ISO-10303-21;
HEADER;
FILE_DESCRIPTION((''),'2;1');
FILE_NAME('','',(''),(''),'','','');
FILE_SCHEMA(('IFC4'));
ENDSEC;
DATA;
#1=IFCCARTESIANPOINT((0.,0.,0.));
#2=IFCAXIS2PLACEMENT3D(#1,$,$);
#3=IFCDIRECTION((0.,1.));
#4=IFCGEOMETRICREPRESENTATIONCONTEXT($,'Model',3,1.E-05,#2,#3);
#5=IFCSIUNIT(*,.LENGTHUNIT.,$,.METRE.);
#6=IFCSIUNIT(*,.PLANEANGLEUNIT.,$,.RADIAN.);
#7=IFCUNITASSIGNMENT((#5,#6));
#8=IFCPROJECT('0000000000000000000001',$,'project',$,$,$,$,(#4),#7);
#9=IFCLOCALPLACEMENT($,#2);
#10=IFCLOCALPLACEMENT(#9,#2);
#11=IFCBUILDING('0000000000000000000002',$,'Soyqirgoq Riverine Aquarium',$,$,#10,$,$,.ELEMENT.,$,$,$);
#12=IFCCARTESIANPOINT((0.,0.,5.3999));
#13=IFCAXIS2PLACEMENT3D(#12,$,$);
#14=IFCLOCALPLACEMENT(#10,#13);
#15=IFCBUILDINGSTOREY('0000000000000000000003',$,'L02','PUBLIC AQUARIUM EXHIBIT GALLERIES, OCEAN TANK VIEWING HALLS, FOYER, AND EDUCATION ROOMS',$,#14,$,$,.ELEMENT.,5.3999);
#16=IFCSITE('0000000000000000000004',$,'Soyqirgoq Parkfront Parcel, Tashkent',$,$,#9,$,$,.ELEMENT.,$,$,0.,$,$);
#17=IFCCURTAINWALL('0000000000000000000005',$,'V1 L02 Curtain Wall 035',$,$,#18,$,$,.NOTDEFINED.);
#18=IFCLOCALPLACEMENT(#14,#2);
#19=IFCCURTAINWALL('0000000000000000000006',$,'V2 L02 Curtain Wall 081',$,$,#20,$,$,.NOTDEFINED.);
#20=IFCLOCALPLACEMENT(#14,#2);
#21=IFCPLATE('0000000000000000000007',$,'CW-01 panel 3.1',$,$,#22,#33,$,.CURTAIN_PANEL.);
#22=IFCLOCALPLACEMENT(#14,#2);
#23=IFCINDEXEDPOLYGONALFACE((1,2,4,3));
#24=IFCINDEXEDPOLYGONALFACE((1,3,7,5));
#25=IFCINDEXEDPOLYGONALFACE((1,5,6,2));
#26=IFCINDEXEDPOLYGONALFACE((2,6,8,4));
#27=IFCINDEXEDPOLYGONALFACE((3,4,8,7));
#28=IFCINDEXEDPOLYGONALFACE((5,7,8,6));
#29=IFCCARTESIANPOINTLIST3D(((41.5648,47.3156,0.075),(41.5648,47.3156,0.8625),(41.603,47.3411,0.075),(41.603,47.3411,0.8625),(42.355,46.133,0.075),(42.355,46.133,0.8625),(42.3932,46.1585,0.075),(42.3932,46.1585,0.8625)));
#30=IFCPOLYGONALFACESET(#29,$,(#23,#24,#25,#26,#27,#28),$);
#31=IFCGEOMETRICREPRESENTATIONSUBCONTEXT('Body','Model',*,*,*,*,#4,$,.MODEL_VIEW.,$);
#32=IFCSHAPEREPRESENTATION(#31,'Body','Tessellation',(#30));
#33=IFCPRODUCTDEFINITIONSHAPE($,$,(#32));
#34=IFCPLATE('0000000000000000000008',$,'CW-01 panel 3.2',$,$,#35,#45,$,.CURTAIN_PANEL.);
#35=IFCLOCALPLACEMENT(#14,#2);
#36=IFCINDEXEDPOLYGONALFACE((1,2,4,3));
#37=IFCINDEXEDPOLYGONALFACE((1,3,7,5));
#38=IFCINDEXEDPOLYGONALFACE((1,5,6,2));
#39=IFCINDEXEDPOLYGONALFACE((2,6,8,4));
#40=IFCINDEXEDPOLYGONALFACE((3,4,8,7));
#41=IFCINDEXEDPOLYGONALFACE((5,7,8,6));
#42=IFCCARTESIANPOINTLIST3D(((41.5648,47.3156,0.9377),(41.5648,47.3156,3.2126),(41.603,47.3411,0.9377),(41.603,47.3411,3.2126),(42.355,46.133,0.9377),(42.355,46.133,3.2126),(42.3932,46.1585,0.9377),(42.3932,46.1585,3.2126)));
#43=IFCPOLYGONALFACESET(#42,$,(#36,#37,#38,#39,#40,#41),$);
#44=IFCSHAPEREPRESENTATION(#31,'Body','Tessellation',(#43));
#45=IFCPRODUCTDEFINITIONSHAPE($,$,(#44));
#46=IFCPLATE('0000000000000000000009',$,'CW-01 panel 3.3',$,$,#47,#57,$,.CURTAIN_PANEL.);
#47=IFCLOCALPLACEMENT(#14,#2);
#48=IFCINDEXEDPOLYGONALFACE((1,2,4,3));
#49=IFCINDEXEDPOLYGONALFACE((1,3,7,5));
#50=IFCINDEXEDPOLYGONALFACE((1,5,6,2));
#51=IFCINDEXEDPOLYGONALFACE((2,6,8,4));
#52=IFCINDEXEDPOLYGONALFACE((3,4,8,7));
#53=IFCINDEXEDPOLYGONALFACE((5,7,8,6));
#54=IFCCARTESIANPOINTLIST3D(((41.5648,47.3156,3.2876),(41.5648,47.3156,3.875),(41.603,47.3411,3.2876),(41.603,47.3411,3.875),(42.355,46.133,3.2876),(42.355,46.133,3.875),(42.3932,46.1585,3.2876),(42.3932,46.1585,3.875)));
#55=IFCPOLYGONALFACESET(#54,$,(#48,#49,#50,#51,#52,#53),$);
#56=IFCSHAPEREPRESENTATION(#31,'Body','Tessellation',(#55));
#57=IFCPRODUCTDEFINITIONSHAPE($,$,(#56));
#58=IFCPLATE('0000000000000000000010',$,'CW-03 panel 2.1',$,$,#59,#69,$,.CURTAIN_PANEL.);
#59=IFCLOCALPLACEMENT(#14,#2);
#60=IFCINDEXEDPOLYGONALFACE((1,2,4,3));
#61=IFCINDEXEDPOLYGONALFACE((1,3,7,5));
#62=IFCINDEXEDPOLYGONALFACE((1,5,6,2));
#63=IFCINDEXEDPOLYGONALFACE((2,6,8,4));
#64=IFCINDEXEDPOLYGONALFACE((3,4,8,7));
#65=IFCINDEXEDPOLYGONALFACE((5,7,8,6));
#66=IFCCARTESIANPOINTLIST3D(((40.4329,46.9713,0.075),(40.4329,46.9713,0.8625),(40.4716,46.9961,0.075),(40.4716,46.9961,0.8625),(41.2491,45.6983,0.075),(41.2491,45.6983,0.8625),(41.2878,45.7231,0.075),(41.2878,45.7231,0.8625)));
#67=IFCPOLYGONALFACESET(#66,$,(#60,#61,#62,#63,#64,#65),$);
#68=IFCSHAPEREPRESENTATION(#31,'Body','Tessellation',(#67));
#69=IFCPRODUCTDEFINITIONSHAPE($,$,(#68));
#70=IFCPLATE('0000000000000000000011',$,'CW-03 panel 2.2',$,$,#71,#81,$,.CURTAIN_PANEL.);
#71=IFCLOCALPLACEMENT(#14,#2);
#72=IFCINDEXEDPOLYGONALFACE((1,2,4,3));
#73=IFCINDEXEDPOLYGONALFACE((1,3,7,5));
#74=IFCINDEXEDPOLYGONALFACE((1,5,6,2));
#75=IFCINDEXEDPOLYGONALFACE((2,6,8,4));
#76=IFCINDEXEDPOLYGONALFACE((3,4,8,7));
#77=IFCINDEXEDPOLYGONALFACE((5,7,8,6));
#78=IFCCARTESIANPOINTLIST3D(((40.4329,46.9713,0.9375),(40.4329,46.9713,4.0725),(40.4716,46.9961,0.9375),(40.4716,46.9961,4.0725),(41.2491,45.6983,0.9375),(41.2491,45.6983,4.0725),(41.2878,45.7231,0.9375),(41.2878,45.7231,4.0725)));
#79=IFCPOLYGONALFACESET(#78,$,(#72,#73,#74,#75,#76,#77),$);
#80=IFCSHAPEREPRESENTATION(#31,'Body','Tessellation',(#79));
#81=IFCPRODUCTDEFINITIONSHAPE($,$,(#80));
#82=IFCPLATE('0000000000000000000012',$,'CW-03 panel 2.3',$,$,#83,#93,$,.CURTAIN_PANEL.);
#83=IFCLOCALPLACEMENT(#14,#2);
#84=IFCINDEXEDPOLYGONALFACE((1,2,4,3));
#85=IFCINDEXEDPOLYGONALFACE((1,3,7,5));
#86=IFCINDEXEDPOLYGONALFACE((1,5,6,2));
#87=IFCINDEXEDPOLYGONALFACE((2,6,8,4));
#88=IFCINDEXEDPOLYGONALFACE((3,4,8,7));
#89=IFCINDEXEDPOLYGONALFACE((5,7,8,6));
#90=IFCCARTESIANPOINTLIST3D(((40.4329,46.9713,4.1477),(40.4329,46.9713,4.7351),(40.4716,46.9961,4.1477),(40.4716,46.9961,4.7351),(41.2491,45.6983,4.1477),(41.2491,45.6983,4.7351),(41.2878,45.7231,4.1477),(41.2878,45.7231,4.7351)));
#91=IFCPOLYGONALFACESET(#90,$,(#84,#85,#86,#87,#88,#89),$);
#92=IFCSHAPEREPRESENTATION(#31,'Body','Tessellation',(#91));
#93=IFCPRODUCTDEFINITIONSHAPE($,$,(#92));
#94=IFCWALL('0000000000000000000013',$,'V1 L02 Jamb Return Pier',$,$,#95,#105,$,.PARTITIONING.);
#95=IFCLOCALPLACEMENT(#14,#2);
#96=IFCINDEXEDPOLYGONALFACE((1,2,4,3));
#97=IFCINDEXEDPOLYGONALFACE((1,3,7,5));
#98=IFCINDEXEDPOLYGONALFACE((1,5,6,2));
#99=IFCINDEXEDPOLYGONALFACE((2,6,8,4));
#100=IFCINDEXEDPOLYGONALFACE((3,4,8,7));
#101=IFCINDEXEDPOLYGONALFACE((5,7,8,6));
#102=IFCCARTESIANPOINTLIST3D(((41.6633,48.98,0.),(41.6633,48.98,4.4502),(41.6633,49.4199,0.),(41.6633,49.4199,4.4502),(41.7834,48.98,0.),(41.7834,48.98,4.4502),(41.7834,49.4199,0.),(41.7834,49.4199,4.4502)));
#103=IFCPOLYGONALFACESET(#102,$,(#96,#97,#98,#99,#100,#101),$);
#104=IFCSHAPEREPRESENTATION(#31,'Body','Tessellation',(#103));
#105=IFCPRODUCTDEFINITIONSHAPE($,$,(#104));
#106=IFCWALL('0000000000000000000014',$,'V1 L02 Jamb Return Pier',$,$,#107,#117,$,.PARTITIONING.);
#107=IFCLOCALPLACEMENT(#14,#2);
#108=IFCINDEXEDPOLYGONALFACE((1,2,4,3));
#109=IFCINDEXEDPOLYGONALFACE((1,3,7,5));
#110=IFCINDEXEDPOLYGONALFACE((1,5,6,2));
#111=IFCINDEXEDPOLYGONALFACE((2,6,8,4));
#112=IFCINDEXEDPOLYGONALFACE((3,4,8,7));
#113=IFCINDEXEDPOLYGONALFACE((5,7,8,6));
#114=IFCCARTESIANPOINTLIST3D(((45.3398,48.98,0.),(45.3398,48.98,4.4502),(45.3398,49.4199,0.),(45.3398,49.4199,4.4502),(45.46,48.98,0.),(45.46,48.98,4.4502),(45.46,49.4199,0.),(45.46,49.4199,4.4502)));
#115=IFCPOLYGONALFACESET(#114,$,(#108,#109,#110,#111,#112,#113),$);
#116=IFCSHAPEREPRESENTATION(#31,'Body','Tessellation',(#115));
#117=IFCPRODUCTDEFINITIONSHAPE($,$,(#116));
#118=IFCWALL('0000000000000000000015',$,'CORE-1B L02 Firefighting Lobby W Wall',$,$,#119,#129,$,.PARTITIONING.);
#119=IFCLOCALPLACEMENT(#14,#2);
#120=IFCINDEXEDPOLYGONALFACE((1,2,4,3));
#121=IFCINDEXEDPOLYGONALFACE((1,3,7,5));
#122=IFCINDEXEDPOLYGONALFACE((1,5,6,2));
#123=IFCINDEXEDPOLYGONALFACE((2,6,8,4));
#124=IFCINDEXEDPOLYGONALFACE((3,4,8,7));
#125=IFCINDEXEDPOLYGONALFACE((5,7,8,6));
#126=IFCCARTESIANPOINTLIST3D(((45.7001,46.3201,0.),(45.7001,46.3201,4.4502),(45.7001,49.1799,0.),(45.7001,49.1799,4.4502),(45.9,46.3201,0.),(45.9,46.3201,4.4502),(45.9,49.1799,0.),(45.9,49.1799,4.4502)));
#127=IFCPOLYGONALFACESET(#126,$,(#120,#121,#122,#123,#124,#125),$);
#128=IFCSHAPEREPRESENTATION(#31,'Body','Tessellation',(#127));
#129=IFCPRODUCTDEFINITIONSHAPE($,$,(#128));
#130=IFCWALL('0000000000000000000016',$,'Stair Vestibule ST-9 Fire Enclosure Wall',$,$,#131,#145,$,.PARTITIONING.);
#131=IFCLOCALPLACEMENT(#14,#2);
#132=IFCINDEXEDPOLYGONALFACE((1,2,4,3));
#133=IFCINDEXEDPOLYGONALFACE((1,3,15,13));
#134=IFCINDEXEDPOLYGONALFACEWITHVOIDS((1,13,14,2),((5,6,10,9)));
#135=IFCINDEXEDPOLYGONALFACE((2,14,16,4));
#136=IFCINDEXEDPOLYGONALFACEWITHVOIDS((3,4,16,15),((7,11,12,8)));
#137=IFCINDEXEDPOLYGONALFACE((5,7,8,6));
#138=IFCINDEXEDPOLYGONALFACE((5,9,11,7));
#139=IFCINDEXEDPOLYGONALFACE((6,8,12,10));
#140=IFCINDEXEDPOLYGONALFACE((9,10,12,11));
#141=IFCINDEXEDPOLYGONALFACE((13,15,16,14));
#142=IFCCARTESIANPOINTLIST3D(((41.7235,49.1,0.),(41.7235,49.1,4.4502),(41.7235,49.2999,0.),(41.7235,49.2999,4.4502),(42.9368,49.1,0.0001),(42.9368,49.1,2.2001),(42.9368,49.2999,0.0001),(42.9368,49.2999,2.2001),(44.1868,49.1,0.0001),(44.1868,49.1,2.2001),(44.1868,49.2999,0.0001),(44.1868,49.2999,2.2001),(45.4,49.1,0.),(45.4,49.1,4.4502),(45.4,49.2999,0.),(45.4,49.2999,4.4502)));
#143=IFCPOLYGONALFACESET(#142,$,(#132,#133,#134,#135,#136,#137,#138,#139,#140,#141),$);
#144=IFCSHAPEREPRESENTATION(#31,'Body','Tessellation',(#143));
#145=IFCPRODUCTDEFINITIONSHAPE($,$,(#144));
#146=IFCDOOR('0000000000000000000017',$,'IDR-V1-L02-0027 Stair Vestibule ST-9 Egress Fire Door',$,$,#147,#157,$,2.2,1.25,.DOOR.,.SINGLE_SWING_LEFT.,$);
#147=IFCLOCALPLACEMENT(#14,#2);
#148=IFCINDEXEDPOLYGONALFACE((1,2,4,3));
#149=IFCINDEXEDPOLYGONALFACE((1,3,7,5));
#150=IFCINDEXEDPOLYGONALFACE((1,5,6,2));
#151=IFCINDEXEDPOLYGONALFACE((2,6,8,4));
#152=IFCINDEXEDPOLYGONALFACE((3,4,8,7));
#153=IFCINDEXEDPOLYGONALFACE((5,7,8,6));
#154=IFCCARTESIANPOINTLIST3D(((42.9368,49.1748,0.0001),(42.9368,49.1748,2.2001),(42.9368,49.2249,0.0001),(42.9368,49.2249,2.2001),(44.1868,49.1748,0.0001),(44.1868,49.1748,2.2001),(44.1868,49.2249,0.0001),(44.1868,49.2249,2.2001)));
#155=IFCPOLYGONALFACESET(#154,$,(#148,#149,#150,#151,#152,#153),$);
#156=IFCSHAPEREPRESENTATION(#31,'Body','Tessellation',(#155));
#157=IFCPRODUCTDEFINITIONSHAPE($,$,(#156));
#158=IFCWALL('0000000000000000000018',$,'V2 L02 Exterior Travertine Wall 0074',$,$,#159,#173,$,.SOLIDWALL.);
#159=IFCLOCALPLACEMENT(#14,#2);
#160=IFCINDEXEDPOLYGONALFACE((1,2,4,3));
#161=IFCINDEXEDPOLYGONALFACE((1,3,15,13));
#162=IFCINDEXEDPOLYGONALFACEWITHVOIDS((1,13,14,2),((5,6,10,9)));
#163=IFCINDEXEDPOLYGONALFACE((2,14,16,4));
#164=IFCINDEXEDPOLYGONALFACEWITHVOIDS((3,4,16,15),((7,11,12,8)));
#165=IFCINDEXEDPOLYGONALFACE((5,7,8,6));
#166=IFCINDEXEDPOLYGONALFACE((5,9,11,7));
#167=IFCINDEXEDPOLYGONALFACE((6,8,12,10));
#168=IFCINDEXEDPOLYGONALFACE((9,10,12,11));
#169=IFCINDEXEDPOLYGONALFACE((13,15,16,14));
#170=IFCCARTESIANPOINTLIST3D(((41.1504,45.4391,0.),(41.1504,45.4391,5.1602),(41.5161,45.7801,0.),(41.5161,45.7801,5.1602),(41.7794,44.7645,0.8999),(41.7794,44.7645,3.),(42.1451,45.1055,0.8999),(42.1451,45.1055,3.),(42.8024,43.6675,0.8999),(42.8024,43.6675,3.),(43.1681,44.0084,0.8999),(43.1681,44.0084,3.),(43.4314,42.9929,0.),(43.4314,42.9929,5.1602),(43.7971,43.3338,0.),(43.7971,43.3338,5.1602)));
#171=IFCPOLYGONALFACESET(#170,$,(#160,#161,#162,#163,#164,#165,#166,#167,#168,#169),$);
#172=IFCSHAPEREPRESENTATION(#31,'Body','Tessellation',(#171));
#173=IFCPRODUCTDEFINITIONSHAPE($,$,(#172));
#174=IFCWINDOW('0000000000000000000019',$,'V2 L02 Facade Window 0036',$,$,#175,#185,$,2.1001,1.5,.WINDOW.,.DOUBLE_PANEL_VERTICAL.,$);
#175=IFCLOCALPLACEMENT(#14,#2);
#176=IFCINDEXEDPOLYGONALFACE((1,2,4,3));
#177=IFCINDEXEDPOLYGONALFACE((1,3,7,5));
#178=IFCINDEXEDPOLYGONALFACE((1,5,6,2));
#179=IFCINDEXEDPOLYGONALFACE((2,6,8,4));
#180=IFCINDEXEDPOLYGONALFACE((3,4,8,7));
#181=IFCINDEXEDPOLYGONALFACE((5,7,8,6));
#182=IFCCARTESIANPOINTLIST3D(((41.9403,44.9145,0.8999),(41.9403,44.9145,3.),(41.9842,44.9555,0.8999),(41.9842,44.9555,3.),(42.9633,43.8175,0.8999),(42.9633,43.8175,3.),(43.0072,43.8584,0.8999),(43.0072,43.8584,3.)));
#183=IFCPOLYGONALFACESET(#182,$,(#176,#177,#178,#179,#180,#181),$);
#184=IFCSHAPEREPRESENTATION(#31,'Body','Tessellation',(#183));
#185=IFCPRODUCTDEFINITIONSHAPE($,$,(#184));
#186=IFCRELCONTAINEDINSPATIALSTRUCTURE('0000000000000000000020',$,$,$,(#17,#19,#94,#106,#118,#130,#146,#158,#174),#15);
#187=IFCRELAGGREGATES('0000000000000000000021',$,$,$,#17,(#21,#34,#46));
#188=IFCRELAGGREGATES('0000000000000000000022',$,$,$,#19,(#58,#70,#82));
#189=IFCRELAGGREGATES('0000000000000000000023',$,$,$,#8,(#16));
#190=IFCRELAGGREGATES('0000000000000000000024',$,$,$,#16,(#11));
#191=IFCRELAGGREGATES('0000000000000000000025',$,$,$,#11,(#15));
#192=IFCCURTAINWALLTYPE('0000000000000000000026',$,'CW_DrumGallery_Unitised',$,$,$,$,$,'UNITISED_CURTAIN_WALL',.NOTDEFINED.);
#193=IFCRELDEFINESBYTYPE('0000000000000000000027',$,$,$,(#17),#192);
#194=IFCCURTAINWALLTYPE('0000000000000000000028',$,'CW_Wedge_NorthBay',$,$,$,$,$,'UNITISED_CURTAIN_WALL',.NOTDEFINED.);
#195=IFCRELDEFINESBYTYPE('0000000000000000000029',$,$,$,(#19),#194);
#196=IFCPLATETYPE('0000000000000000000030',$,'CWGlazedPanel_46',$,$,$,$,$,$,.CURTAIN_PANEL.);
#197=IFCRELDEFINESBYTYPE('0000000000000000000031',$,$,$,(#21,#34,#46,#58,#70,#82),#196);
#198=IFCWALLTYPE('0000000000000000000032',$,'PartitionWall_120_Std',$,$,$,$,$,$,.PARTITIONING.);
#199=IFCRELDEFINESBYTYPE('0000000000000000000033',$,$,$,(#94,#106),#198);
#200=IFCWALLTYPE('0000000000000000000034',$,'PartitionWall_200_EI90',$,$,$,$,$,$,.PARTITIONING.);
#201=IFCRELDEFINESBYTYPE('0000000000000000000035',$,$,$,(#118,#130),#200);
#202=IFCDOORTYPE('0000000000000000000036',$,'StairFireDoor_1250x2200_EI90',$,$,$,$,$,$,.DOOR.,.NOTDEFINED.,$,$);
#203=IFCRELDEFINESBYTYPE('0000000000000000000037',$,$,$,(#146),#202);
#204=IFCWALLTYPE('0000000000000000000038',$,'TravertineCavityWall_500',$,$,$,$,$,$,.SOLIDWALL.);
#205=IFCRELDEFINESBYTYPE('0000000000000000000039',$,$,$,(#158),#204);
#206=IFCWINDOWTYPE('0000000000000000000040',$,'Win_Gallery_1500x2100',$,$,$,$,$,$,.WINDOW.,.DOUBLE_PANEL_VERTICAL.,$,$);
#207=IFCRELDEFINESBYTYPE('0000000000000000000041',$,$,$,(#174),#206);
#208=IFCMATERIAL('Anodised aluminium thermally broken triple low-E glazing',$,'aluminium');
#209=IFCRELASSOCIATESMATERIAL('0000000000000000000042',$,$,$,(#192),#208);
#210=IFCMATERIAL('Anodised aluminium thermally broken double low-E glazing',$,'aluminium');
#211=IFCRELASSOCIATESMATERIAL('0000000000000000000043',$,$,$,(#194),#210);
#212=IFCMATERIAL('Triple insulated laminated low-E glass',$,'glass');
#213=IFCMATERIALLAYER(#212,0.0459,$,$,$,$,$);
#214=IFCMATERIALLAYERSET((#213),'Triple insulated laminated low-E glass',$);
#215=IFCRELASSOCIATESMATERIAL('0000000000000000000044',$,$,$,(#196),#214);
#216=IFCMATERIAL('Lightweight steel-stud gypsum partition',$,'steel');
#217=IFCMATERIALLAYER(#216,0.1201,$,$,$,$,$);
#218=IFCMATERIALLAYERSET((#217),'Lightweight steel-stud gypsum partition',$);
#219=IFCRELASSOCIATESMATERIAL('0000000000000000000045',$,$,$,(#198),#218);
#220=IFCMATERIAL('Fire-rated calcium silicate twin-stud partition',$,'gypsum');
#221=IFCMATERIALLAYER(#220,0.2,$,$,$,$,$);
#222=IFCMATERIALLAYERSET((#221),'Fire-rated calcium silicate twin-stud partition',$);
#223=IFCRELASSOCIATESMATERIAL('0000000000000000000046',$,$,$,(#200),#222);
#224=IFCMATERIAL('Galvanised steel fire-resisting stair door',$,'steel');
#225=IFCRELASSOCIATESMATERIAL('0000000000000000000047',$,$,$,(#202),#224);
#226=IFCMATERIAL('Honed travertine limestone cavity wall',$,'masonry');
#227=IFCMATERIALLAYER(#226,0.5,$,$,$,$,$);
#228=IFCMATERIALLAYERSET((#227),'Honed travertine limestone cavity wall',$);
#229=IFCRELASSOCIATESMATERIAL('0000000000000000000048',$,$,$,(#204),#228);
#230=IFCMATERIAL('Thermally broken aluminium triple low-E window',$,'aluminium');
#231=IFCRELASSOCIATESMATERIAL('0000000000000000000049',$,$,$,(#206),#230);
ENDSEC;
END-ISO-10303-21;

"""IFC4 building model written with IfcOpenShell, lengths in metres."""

from ifc_helpers import new_model, si_unit, direction, frame, frame_2d, origin, origin_2d, place, context, subcontext, project, spatial, rectangle, extrude, material, layer, layer_set, type_object, element, fill, aggregate, save


model = new_model("IFC4")

# Units and contexts
model_context = context("Model", 3, precision=1e-05, world=origin(), true_north=direction((0.0, 1.0)))
body_context = subcontext(model_context, "Body", "Model", "MODEL_VIEW")
ifc_project = project(units=[si_unit("LENGTHUNIT", "METRE"), si_unit("PLANEANGLEUNIT", "RADIAN")], contexts=[model_context])

# Site, building, storey
site_placement = place(None, origin())
site = spatial("IfcSite", under=ifc_project, at=site_placement, Name="Soyqirgoq Parkfront Parcel, Tashkent", CompositionType="ELEMENT", RefElevation=0.0)
building_placement = place(site_placement, origin())
building = spatial("IfcBuilding", under=site, at=building_placement, Name="Soyqirgoq Riverine Aquarium", CompositionType="ELEMENT")
storey_placement = place(building_placement, frame((0.0, 0.0, 5.3999)))
storey = spatial("IfcBuildingStorey", under=building, at=storey_placement, Name="L02", Description="PUBLIC AQUARIUM EXHIBIT GALLERIES, OCEAN TANK VIEWING HALLS, FOYER, AND EDUCATION ROOMS", CompositionType="ELEMENT", Elevation=5.3999)

# Curtain wall
ifc_material_1 = material(Name="Anodised aluminium thermally broken triple low-E glazing", Category="aluminium")
curtain_wall_type_1 = type_object("IfcCurtainWallType", Name="CW_DrumGallery_Unitised", ElementType="UNITISED_CURTAIN_WALL", PredefinedType="NOTDEFINED", material=ifc_material_1)
curtain_wall_1_placement = place(storey_placement, origin())
curtain_wall_1 = element("IfcCurtainWall", 1, at=curtain_wall_1_placement, inside=storey, type_object=curtain_wall_type_1, Name="V1 L02 Curtain Wall 035", PredefinedType="NOTDEFINED")

# Curtain wall
ifc_material_2 = material(Name="Anodised aluminium thermally broken double low-E glazing", Category="aluminium")
curtain_wall_type_2 = type_object("IfcCurtainWallType", Name="CW_Wedge_NorthBay", ElementType="UNITISED_CURTAIN_WALL", PredefinedType="NOTDEFINED", material=ifc_material_2)
curtain_wall_2_placement = place(storey_placement, origin())
curtain_wall_2 = element("IfcCurtainWall", 2, at=curtain_wall_2_placement, inside=storey, type_object=curtain_wall_type_2, Name="V2 L02 Curtain Wall 081", PredefinedType="NOTDEFINED")

# Plates
ifc_material_3 = material(Name="Triple insulated laminated low-E glass", Category="glass")
ifc_layer_1 = layer(ifc_material_3, 0.0459)
ifc_layer_set_1 = layer_set([ifc_layer_1], Name="Triple insulated laminated low-E glass")
plate_type = type_object("IfcPlateType", Name="CWGlazedPanel_46", PredefinedType="CURTAIN_PANEL", material=ifc_layer_set_1)
plate_1_placement = place(storey_placement, frame((41.979, 46.7371, 0.075), z_axis=(0.0, 0.0, 1.0), x_axis=(0.555565, -0.831473, 0.0)))
plate_1 = element("IfcPlate", 3, at=plate_1_placement, type_object=plate_type, Name="CW-01 panel 3.1", PredefinedType="CURTAIN_PANEL", context=body_context, shape_type="SweptSolid", body=[
    extrude(rectangle(XDim=1.4224, YDim=0.0459, at=origin_2d()), origin(), (0.0, 0.0, 1.0), 0.7876),
])
plate_2_placement = place(storey_placement, frame((41.979, 46.7371, 0.9377), z_axis=(0.0, 0.0, 1.0), x_axis=(0.555565, -0.831473, 0.0)))
plate_2 = element("IfcPlate", 4, at=plate_2_placement, type_object=plate_type, Name="CW-01 panel 3.2", PredefinedType="CURTAIN_PANEL", context=body_context, shape_type="SweptSolid", body=[
    extrude(rectangle(XDim=1.4224, YDim=0.0459, at=origin_2d()), origin(), (0.0, 0.0, 1.0), 2.2749),
])
plate_3_placement = place(storey_placement, frame((41.979, 46.7371, 3.2876), z_axis=(0.0, 0.0, 1.0), x_axis=(0.555565, -0.831473, 0.0)))
plate_3 = element("IfcPlate", 5, at=plate_3_placement, type_object=plate_type, Name="CW-01 panel 3.3", PredefinedType="CURTAIN_PANEL", context=body_context, shape_type="SweptSolid", body=[
    extrude(rectangle(XDim=1.4224, YDim=0.0459, at=origin_2d()), origin(), (0.0, 0.0, 1.0), 0.5874),
])
aggregate(curtain_wall_1, [plate_1, plate_2, plate_3])
plate_4_placement = place(storey_placement, frame((40.8604, 46.3472, 0.075), z_axis=(0.0, 0.0, 1.0), x_axis=(0.53976, -0.841819, 0.0)))
plate_4 = element("IfcPlate", 6, at=plate_4_placement, type_object=plate_type, Name="CW-03 panel 2.1", PredefinedType="CURTAIN_PANEL", context=body_context, shape_type="SweptSolid", body=[
    extrude(rectangle(XDim=1.5122, YDim=0.0459, at=origin_2d()), origin(), (0.0, 0.0, 1.0), 0.7876),
])
plate_5_placement = place(storey_placement, frame((40.8604, 46.3472, 0.9375), z_axis=(0.0, 0.0, 1.0), x_axis=(0.53976, -0.841819, 0.0)))
plate_5 = element("IfcPlate", 7, at=plate_5_placement, type_object=plate_type, Name="CW-03 panel 2.2", PredefinedType="CURTAIN_PANEL", context=body_context, shape_type="SweptSolid", body=[
    extrude(rectangle(XDim=1.5122, YDim=0.0459, at=origin_2d()), origin(), (0.0, 0.0, 1.0), 3.135),
])
plate_6_placement = place(storey_placement, frame((40.8604, 46.3472, 4.1477), z_axis=(0.0, 0.0, 1.0), x_axis=(0.53976, -0.841819, 0.0)))
plate_6 = element("IfcPlate", 8, at=plate_6_placement, type_object=plate_type, Name="CW-03 panel 2.3", PredefinedType="CURTAIN_PANEL", context=body_context, shape_type="SweptSolid", body=[
    extrude(rectangle(XDim=1.5122, YDim=0.0459, at=origin_2d()), origin(), (0.0, 0.0, 1.0), 0.5874),
])
aggregate(curtain_wall_2, [plate_4, plate_5, plate_6])

# Walls
ifc_material_4 = material(Name="Lightweight steel-stud gypsum partition", Category="steel")
ifc_layer_2 = layer(ifc_material_4, 0.1201)
ifc_layer_set_2 = layer_set([ifc_layer_2], Name="Lightweight steel-stud gypsum partition")
wall_type_1 = type_object("IfcWallType", Name="PartitionWall_120_Std", PredefinedType="PARTITIONING", material=ifc_layer_set_2)
for number, where, z_axis, x_axis, name in (
    (9, (41.7234, 48.98, 0.0), (0.0, 0.0, 1.0), (0.0, 1.0, 0.0), "V1 L02 Jamb Return Pier"),
    (10, (45.3999, 48.98, 0.0), (0.0, 0.0, 1.0), (0.0, 1.0, 0.0), "V1 L02 Jamb Return Pier"),
):
    element("IfcWall", number, at=place(storey_placement, frame(where, z_axis=z_axis, x_axis=x_axis)), inside=storey, type_object=wall_type_1, Name=name, PredefinedType="PARTITIONING", context=body_context, shape_type="SweptSolid", body=[
        extrude(rectangle(XDim=0.4399, YDim=0.1201, at=frame_2d((0.22, 0.0))), origin(), (0.0, 0.0, 1.0), 4.4502),
    ])
ifc_material_5 = material(Name="Fire-rated calcium silicate twin-stud partition", Category="gypsum")
ifc_layer_3 = layer(ifc_material_5, 0.2)
ifc_layer_set_3 = layer_set([ifc_layer_3], Name="Fire-rated calcium silicate twin-stud partition")
wall_type_2 = type_object("IfcWallType", Name="PartitionWall_200_EI90", PredefinedType="PARTITIONING", material=ifc_layer_set_3)
wall_1_placement = place(storey_placement, frame((45.8, 46.3201, 0.0), z_axis=(0.0, 0.0, 1.0), x_axis=(0.0, 1.0, 0.0)))
element("IfcWall", 11, at=wall_1_placement, inside=storey, type_object=wall_type_2, Name="CORE-1B L02 Firefighting Lobby W Wall", PredefinedType="PARTITIONING", context=body_context, shape_type="SweptSolid", body=[
    extrude(rectangle(XDim=2.8599, YDim=0.2, at=frame_2d((1.4299, 0.0))), origin(), (0.0, 0.0, 1.0), 4.4502),
])

# Wall, opening, door
wall_2_placement = place(storey_placement, frame((41.7234, 49.2, 0.0), z_axis=(0.0, 0.0, 1.0), x_axis=(1.0, 0.0, 0.0)))
wall_2 = element("IfcWall", 12, at=wall_2_placement, inside=storey, type_object=wall_type_2, Name="Stair Vestibule ST-9 Fire Enclosure Wall", PredefinedType="PARTITIONING", context=body_context, shape_type="SweptSolid", body=[
    extrude(rectangle(XDim=3.6765, YDim=0.2, at=frame_2d((1.8384, 0.0))), origin(), (0.0, 0.0, 1.0), 4.4502),
])
opening_1_placement = place(wall_2_placement, frame((1.2134, 0.0, 0.0)))
opening_1 = element("IfcOpeningElement", 13, at=opening_1_placement, cuts=wall_2, PredefinedType="OPENING", context=body_context, shape_type="SweptSolid", body=[
    extrude(rectangle(XDim=1.25, YDim=2.2, at=frame_2d((0.625, 1.1001))), frame((0.0, 0.1099, 0.0), z_axis=(0.0, -1.0, 0.0), x_axis=(1.0, 0.0, 0.0)), (0.0, 0.0, 1.0), 0.22),
])
ifc_material_6 = material(Name="Galvanised steel fire-resisting stair door", Category="steel")
door_type = type_object("IfcDoorType", Name="StairFireDoor_1250x2200_EI90", OperationType="NOTDEFINED", PredefinedType="DOOR", material=ifc_material_6)
door_placement = place(opening_1_placement, origin())
door = element("IfcDoor", 14, at=door_placement, inside=storey, type_object=door_type, Name="IDR-V1-L02-0027 Stair Vestibule ST-9 Egress Fire Door", OperationType="SINGLE_SWING_LEFT", OverallHeight=2.2, OverallWidth=1.25, PredefinedType="DOOR", context=body_context, shape_type="SweptSolid", body=[
    extrude(rectangle(XDim=1.25, YDim=2.2, at=frame_2d((0.625, 1.1001))), frame((0.0, 0.0249, 0.0), z_axis=(0.0, -1.0, 0.0), x_axis=(1.0, 0.0, 0.0)), (0.0, 0.0, 1.0), 0.05),
])
fill(opening_1, door)

# Wall, opening, window
ifc_material_7 = material(Name="Honed travertine limestone cavity wall", Category="masonry")
ifc_layer_4 = layer(ifc_material_7, 0.5)
ifc_layer_set_4 = layer_set([ifc_layer_4], Name="Honed travertine limestone cavity wall")
wall_type_3 = type_object("IfcWallType", Name="TravertineCavityWall_500", PredefinedType="SOLIDWALL", material=ifc_layer_set_4)
wall_3_placement = place(storey_placement, frame((41.3333, 45.6096, 0.0), z_axis=(0.0, 0.0, 1.0), x_axis=(0.681967, -0.731383, 0.0)))
wall_3 = element("IfcWall", 15, at=wall_3_placement, inside=storey, type_object=wall_type_3, Name="V2 L02 Exterior Travertine Wall 0074", PredefinedType="SOLIDWALL", context=body_context, shape_type="SweptSolid", body=[
    extrude(rectangle(XDim=3.3447, YDim=0.5, at=frame_2d((1.6724, 0.0))), origin(), (0.0, 0.0, 1.0), 5.1602),
])
opening_2_placement = place(wall_3_placement, frame((0.9224, 0.0, 0.8999)))
opening_2 = element("IfcOpeningElement", 16, at=opening_2_placement, cuts=wall_3, PredefinedType="OPENING", context=body_context, shape_type="SweptSolid", body=[
    extrude(rectangle(XDim=1.5, YDim=2.1001, at=frame_2d((0.75, 1.05))), frame((0.0, 0.26, 0.0), z_axis=(0.0, -1.0, 0.0), x_axis=(1.0, 0.0, 0.0)), (0.0, 0.0, 1.0), 0.52),
])
ifc_material_8 = material(Name="Thermally broken aluminium triple low-E window", Category="aluminium")
window_type = type_object("IfcWindowType", Name="Win_Gallery_1500x2100", PartitioningType="DOUBLE_PANEL_VERTICAL", PredefinedType="WINDOW", material=ifc_material_8)
window_placement = place(opening_2_placement, origin())
window = element("IfcWindow", 17, at=window_placement, inside=storey, type_object=window_type, Name="V2 L02 Facade Window 0036", OverallHeight=2.1001, OverallWidth=1.5, PartitioningType="DOUBLE_PANEL_VERTICAL", PredefinedType="WINDOW", context=body_context, shape_type="SweptSolid", body=[
    extrude(rectangle(XDim=1.5, YDim=2.1001, at=frame_2d((0.75, 1.05))), frame((0.0, 0.03, 0.0), z_axis=(0.0, -1.0, 0.0), x_axis=(1.0, 0.0, 0.0)), (0.0, 0.0, 1.0), 0.0601),
])
fill(opening_2, window)

save(model, "model.ifc")
